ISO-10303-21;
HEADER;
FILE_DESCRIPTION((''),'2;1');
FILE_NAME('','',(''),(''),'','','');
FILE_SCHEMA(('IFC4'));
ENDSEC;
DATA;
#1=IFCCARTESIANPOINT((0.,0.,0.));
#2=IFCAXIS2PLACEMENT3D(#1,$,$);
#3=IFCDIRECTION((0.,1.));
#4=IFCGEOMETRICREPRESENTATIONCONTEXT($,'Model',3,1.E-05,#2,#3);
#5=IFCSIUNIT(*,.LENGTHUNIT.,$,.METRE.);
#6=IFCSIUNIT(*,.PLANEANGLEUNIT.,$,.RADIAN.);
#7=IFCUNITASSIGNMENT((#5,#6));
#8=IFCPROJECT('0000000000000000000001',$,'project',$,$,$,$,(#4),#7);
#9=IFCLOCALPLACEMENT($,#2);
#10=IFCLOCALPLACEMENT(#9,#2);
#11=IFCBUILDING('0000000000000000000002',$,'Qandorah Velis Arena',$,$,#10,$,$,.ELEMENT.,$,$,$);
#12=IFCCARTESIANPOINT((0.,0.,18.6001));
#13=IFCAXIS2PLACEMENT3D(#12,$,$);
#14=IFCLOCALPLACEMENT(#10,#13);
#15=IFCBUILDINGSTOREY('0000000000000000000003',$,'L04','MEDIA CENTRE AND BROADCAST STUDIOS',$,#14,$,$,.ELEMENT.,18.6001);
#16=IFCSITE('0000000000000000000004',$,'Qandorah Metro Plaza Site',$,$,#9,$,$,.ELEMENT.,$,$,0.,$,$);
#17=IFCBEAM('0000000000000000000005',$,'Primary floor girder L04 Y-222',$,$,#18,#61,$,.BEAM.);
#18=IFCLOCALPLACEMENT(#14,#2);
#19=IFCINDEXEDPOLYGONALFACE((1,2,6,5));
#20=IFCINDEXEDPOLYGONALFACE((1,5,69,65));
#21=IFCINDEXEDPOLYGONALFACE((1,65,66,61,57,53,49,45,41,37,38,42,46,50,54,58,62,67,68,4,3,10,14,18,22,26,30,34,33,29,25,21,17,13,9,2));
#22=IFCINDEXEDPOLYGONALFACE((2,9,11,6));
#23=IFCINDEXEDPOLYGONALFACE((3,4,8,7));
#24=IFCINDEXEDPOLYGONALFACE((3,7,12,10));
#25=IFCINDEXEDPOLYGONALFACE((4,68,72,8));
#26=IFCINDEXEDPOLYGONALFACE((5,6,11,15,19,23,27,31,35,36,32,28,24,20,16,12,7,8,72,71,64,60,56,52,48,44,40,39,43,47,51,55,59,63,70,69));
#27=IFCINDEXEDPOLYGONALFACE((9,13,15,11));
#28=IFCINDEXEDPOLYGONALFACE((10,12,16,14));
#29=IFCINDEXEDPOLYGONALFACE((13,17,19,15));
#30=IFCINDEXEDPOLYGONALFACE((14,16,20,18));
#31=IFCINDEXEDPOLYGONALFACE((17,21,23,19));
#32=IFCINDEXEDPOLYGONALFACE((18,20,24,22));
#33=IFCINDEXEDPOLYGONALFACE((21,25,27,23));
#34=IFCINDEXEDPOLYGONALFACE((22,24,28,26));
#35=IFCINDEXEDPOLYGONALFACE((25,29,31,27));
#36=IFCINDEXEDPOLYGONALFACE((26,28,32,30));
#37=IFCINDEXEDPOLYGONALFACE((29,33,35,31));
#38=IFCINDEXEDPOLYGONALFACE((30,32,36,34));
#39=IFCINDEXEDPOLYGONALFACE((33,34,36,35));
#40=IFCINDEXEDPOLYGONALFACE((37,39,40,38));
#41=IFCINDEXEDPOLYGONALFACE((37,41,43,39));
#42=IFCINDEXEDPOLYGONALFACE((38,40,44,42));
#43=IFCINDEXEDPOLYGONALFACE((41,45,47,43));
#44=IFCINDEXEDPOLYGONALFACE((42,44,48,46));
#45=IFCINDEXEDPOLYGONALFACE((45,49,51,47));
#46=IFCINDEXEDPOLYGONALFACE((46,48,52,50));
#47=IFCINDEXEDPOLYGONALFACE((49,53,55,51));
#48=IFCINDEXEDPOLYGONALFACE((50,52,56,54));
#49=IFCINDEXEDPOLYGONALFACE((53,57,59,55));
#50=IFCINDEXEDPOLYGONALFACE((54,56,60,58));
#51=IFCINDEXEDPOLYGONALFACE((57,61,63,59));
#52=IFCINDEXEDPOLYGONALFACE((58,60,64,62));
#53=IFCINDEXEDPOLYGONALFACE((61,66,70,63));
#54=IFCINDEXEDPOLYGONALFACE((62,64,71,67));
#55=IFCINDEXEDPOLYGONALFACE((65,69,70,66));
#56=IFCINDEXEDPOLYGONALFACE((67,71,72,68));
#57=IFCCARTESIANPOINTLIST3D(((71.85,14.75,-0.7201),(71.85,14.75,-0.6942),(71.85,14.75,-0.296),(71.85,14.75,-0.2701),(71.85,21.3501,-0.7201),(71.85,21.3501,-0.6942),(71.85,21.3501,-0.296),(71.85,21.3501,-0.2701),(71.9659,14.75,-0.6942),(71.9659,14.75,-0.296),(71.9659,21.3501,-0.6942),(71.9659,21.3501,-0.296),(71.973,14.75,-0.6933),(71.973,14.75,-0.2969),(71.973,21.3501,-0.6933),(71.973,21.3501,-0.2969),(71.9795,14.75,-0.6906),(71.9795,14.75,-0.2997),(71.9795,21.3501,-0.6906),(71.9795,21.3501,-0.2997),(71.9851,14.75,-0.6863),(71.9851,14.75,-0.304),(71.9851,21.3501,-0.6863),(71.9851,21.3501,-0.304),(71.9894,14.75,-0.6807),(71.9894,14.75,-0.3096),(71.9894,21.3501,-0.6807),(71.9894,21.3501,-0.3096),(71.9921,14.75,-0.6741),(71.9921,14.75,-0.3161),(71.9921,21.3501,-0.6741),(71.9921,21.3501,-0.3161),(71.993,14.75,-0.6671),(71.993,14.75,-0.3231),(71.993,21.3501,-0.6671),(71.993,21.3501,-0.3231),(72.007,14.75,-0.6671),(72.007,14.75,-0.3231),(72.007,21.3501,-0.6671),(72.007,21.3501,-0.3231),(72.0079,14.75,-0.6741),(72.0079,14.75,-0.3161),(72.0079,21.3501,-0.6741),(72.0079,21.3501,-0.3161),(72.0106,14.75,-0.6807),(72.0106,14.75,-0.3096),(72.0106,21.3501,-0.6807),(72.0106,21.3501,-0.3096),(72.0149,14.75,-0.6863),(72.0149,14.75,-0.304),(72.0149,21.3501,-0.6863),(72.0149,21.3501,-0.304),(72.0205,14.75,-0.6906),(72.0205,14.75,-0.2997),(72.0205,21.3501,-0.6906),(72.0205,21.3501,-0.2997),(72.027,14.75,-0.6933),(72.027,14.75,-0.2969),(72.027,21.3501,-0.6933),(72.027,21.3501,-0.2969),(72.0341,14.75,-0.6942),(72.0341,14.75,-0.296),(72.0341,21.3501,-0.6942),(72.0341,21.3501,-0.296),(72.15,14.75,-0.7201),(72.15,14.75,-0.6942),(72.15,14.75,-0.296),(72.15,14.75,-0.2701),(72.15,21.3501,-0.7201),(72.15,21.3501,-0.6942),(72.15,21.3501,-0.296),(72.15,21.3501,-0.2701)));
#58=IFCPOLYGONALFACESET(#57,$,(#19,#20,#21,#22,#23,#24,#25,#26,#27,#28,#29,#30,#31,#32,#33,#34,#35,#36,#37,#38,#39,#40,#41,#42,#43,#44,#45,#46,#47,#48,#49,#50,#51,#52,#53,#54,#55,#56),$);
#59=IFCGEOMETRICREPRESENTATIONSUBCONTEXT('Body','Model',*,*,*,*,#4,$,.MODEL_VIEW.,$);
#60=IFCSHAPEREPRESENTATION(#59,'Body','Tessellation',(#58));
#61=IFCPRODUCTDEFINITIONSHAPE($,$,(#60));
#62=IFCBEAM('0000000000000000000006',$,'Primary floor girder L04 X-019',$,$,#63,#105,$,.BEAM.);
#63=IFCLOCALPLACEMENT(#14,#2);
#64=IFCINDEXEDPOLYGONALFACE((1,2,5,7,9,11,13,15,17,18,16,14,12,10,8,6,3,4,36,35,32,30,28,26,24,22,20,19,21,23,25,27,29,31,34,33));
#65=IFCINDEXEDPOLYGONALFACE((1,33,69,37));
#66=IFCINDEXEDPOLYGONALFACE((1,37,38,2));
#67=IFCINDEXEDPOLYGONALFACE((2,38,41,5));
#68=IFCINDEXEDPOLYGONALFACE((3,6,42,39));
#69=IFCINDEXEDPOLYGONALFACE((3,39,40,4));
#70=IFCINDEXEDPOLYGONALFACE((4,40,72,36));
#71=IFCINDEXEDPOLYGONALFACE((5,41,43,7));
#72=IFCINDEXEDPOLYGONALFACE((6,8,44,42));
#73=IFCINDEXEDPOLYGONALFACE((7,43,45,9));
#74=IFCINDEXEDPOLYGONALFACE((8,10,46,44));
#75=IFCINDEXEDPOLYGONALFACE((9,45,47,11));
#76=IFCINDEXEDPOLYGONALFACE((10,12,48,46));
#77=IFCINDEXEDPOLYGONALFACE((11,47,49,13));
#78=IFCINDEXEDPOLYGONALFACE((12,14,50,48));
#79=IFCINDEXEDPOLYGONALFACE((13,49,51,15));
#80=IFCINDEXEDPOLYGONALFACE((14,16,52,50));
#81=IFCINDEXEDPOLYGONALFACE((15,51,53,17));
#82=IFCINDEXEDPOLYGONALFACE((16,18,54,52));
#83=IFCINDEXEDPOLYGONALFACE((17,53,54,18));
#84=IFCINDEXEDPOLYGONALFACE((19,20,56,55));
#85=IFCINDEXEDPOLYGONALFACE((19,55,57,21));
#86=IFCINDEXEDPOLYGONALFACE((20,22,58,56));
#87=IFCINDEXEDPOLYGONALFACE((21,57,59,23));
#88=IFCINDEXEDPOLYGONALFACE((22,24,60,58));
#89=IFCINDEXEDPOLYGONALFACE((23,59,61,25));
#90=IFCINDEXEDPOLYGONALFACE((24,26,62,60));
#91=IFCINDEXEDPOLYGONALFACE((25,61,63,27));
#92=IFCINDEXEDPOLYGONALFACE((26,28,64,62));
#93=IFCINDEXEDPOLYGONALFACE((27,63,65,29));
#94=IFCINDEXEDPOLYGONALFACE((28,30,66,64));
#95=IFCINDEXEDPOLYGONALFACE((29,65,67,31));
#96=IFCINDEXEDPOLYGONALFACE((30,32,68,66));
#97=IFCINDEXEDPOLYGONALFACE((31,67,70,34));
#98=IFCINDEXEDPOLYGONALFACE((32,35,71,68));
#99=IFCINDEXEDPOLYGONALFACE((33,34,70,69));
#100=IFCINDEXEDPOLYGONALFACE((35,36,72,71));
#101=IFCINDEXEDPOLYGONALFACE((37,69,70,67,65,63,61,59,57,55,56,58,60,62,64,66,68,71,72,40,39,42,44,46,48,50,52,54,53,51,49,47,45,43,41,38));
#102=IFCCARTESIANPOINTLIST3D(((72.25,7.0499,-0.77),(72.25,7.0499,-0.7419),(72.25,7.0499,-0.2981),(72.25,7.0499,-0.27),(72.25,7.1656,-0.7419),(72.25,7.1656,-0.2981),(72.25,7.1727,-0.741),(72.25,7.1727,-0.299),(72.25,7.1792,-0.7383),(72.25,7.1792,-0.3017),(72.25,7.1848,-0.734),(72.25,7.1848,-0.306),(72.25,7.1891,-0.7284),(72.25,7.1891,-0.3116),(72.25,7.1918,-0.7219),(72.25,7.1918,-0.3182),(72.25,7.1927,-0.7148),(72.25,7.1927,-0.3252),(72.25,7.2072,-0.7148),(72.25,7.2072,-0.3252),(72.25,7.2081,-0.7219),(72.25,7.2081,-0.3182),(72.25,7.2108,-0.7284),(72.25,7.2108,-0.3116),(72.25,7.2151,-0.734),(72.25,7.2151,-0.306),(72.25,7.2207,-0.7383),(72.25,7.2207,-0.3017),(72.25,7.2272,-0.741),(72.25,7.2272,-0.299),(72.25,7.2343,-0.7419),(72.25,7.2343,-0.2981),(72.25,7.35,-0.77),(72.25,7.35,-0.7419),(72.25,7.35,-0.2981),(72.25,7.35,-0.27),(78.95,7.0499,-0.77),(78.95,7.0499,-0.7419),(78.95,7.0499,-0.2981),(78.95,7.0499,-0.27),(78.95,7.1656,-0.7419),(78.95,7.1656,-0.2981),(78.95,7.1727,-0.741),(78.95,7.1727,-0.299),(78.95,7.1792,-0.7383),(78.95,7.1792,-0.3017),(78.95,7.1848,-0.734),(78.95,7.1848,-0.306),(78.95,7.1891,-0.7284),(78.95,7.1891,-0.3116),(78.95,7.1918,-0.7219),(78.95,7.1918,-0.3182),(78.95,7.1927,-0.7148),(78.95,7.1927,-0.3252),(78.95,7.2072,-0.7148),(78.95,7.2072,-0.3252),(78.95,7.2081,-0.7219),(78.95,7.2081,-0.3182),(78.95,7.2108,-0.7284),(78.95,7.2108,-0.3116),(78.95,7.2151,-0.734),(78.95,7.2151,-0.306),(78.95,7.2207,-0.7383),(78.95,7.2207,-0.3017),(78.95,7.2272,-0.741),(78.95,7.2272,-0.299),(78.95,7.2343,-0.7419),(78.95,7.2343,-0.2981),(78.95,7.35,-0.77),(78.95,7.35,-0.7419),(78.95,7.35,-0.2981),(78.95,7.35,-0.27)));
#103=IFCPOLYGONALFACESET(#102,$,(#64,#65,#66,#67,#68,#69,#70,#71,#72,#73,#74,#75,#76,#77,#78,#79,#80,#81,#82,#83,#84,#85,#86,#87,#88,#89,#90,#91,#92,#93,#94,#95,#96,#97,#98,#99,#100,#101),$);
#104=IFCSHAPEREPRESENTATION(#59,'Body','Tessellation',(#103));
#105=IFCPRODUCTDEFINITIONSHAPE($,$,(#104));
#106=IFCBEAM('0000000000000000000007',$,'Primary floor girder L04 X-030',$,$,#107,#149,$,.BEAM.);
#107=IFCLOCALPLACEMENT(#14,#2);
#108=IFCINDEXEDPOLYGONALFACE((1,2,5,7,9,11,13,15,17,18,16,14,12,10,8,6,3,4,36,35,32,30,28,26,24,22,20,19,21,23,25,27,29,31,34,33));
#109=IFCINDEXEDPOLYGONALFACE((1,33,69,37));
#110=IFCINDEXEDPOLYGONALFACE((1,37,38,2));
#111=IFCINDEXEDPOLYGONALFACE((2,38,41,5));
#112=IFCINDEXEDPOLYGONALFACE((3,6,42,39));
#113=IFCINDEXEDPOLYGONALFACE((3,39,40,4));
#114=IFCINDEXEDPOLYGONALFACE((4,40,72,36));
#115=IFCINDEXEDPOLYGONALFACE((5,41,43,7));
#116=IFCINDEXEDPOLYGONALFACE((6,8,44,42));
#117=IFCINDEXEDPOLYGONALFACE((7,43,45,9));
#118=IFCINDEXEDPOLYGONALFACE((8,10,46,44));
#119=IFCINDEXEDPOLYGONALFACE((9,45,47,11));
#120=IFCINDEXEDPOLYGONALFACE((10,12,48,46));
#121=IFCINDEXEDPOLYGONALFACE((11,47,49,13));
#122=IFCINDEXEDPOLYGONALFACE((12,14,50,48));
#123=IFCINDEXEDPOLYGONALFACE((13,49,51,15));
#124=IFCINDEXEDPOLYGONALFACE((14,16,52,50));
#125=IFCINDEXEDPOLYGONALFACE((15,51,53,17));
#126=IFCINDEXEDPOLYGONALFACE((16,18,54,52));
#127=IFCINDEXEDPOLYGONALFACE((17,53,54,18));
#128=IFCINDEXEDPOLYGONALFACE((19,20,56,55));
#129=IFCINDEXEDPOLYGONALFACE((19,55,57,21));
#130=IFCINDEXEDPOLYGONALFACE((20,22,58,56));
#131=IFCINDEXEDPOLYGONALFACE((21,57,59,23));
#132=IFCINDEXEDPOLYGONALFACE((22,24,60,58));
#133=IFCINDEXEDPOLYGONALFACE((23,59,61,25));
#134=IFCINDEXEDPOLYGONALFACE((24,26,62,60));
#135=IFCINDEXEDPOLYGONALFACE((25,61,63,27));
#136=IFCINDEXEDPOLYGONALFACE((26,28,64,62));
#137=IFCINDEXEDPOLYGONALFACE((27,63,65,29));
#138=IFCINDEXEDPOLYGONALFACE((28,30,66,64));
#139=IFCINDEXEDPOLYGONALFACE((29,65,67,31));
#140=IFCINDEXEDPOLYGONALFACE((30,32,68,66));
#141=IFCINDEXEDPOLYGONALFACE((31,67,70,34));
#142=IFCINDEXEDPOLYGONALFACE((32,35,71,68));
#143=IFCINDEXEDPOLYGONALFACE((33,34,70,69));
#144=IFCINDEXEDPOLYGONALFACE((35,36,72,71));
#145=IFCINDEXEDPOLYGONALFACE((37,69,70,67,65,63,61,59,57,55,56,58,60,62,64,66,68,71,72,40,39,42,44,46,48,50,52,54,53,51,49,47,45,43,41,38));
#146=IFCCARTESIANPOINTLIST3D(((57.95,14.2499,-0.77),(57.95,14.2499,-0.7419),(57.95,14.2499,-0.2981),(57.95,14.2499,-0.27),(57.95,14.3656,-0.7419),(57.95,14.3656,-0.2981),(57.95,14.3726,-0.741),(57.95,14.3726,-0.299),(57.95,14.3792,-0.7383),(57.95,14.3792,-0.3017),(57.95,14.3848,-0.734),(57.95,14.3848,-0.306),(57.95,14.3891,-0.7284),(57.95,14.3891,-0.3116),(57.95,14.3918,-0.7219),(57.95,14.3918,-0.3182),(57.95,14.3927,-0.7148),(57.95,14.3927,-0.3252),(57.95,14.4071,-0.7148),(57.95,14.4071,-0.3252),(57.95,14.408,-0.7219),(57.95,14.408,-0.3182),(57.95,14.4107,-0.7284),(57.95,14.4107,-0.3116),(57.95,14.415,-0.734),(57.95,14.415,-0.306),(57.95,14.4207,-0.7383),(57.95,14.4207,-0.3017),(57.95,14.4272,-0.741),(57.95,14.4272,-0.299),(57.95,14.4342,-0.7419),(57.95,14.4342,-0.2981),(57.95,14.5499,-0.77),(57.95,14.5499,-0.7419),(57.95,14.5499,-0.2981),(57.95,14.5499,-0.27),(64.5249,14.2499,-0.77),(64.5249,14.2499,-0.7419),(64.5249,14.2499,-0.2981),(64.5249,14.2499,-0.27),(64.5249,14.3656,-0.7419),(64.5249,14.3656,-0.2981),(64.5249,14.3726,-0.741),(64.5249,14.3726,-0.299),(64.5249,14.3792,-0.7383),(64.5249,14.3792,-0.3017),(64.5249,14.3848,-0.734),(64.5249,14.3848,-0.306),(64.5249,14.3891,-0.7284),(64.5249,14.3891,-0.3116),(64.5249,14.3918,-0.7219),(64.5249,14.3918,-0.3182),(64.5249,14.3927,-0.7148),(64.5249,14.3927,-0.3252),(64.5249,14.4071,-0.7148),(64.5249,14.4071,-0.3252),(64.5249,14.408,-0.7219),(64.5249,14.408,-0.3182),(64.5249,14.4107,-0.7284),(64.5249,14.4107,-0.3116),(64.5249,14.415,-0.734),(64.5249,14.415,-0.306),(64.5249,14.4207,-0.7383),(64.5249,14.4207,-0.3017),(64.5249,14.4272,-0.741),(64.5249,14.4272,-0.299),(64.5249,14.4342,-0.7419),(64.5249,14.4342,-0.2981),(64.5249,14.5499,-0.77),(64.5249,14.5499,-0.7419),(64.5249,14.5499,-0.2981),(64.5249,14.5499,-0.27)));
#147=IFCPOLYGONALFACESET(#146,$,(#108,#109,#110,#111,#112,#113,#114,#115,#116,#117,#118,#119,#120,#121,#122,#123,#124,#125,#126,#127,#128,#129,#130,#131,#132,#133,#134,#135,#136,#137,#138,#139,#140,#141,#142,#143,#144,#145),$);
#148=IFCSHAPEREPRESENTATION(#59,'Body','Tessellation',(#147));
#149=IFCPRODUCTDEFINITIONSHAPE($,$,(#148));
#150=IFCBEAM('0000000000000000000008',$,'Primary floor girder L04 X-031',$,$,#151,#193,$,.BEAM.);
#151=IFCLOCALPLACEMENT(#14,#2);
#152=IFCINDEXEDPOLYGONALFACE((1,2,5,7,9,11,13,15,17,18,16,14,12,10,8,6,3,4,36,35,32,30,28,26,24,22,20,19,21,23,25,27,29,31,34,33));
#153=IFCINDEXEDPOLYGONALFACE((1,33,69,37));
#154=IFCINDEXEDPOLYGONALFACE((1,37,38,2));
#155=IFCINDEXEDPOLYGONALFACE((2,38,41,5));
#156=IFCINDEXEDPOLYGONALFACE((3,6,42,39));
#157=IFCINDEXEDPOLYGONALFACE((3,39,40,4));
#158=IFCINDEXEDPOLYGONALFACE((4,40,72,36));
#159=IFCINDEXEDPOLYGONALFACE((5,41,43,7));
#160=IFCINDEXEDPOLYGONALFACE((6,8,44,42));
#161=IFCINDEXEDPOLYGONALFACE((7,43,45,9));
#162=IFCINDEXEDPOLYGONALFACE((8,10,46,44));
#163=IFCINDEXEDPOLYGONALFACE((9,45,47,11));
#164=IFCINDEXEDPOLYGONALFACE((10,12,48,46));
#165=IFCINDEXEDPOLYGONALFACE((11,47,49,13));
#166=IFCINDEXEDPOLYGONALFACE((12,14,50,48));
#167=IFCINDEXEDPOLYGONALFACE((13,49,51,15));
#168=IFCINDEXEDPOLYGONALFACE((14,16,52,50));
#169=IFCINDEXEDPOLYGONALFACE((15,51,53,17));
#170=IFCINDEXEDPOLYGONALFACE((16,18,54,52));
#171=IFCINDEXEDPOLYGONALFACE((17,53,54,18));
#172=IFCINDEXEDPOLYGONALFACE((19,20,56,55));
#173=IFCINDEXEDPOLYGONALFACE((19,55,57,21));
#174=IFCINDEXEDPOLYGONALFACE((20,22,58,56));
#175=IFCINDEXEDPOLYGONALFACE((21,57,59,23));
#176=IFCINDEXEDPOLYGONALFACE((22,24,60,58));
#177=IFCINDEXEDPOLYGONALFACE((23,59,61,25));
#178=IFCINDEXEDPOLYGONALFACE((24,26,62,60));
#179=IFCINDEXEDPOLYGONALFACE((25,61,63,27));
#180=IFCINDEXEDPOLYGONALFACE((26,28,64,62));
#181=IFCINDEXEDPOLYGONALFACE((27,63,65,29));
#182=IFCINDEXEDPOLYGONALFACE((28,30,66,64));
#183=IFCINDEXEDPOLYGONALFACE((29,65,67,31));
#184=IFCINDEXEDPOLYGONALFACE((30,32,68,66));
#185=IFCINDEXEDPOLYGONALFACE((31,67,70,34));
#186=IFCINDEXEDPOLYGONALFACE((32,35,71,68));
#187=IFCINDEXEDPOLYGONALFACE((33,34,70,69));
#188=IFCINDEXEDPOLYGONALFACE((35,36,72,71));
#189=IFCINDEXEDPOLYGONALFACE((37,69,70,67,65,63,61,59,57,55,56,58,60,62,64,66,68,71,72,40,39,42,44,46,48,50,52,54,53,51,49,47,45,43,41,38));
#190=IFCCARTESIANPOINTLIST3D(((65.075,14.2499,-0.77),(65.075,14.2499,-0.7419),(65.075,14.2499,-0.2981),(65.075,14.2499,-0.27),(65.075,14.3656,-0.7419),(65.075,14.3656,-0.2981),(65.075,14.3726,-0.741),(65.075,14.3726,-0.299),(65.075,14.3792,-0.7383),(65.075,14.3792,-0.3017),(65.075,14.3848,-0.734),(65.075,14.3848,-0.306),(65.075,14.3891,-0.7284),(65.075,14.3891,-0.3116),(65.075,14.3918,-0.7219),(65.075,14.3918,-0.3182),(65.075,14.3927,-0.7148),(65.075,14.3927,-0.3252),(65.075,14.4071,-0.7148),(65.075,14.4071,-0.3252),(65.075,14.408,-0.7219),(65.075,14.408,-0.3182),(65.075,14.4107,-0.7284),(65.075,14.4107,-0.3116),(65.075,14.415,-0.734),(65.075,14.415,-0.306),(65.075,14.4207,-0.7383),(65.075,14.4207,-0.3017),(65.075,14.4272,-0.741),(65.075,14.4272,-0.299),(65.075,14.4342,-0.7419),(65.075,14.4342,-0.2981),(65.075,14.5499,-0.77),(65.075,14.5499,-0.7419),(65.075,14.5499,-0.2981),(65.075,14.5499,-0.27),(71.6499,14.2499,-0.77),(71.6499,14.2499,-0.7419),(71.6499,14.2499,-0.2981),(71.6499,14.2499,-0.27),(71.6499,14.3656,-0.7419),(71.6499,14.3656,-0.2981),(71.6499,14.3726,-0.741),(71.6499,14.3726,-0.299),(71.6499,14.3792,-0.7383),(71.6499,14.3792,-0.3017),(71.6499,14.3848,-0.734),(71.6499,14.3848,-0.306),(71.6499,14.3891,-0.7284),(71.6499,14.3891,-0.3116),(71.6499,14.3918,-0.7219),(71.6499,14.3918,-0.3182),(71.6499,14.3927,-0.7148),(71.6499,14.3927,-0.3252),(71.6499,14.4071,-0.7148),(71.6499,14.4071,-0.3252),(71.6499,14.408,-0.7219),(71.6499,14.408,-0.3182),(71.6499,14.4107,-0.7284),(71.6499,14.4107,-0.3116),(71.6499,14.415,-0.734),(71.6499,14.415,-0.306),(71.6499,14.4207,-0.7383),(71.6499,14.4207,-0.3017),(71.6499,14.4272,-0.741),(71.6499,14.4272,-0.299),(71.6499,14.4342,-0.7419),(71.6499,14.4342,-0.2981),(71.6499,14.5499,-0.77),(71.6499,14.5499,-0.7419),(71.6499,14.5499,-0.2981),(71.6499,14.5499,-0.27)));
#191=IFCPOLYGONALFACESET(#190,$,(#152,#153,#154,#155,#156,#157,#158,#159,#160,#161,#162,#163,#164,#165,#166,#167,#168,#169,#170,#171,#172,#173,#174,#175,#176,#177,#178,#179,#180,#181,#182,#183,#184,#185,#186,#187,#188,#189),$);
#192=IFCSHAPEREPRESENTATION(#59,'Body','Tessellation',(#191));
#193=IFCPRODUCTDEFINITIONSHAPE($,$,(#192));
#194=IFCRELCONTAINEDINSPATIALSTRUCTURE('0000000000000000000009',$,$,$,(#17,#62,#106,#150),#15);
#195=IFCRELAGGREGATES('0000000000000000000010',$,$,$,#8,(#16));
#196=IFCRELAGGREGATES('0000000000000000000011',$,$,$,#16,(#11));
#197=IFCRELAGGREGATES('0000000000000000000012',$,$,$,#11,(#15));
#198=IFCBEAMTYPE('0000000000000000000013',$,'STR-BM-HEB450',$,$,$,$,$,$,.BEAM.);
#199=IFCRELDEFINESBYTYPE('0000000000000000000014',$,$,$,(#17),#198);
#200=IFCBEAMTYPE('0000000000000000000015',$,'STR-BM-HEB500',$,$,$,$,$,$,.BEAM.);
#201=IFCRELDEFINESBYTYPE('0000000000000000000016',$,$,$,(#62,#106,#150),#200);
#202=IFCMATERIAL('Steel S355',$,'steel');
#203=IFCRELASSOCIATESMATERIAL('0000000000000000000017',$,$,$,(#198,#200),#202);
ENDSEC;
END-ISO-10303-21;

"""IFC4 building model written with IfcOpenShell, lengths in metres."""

from ifc_helpers import new_model, si_unit, direction, frame, origin, origin_2d, place, context, subcontext, project, spatial, i_section, extrude, material, material_profile, profile_set, type_object, element, save


model = new_model("IFC4")

# Units and contexts
model_context = context("Model", 3, precision=1e-05, world=origin(), true_north=direction((0.0, 1.0)))
body_context = subcontext(model_context, "Body", "Model", "MODEL_VIEW")
ifc_project = project(units=[si_unit("LENGTHUNIT", "METRE"), si_unit("PLANEANGLEUNIT", "RADIAN")], contexts=[model_context])

# Site, building, storey
site_placement = place(None, origin())
site = spatial("IfcSite", under=ifc_project, at=site_placement, Name="Qandorah Metro Plaza Site", CompositionType="ELEMENT", RefElevation=0.0)
building_placement = place(site_placement, origin())
building = spatial("IfcBuilding", under=site, at=building_placement, Name="Qandorah Velis Arena", CompositionType="ELEMENT")
storey_placement = place(building_placement, frame((0.0, 0.0, 18.6001)))
storey = spatial("IfcBuildingStorey", under=building, at=storey_placement, Name="L04", Description="MEDIA CENTRE AND BROADCAST STUDIOS", CompositionType="ELEMENT", Elevation=18.6001)

# Shared definitions
ifc_material_1 = material(Name="Steel S355", Category="steel")

# Beams
ifc_material_profile_1 = material_profile(ifc_material_1, i_section(OverallWidth=0.3, OverallDepth=0.45, WebThickness=0.0139, FlangeThickness=0.0259, FilletRadius=0.0271, at=origin_2d()), Name="HEB 450")
ifc_profile_set_1 = profile_set([ifc_material_profile_1], Name="Steel S355")
beam_type_1 = type_object("IfcBeamType", Name="STR-BM-HEB450", PredefinedType="BEAM", material=ifc_profile_set_1)
for number, where, z_axis, x_axis, name in (
    (1, (72.0, 14.75, -0.4951), (0.0, 1.0, 0.0), (-1.0, 0.0, 0.0), "Primary floor girder L04 Y-222"),
):
    element("IfcBeam", number, at=place(storey_placement, frame(where, z_axis=z_axis, x_axis=x_axis)), inside=storey, type_object=beam_type_1, Name=name, PredefinedType="BEAM", context=body_context, shape_type="SweptSolid", body=[
        extrude(i_section(OverallWidth=0.3, OverallDepth=0.45, WebThickness=0.0139, FlangeThickness=0.0259, FilletRadius=0.0271, at=origin_2d()), origin(), (0.0, 0.0, 1.0), 6.6001),
    ])
ifc_material_profile_2 = material_profile(ifc_material_1, i_section(OverallWidth=0.3, OverallDepth=0.5, WebThickness=0.0144, FlangeThickness=0.0281, FilletRadius=0.0271, at=origin_2d()), Name="HEB 500")
ifc_profile_set_2 = profile_set([ifc_material_profile_2], Name="Steel S355")
beam_type_2 = type_object("IfcBeamType", Name="STR-BM-HEB500", PredefinedType="BEAM", material=ifc_profile_set_2)
beam_1_placement = place(storey_placement, frame((72.25, 7.2, -0.52), z_axis=(1.0, 0.0, 0.0), x_axis=(0.0, 1.0, 0.0)))
element("IfcBeam", 2, at=beam_1_placement, inside=storey, type_object=beam_type_2, Name="Primary floor girder L04 X-019", PredefinedType="BEAM", context=body_context, shape_type="SweptSolid", body=[
    extrude(i_section(OverallWidth=0.3, OverallDepth=0.5, WebThickness=0.0144, FlangeThickness=0.0281, FilletRadius=0.0271, at=origin_2d()), origin(), (0.0, 0.0, 1.0), 6.7),
])
for number, where, z_axis, x_axis, name in (
    (3, (57.95, 14.3999, -0.52), (1.0, 0.0, 0.0), (0.0, 1.0, 0.0), "Primary floor girder L04 X-030"),
    (4, (65.075, 14.3999, -0.52), (1.0, 0.0, 0.0), (0.0, 1.0, 0.0), "Primary floor girder L04 X-031"),
):
    element("IfcBeam", number, at=place(storey_placement, frame(where, z_axis=z_axis, x_axis=x_axis)), inside=storey, type_object=beam_type_2, Name=name, PredefinedType="BEAM", context=body_context, shape_type="SweptSolid", body=[
        extrude(i_section(OverallWidth=0.3, OverallDepth=0.5, WebThickness=0.0144, FlangeThickness=0.0281, FilletRadius=0.0271, at=origin_2d()), origin(), (0.0, 0.0, 1.0), 6.575),
    ])

save(model, "model.ifc")
